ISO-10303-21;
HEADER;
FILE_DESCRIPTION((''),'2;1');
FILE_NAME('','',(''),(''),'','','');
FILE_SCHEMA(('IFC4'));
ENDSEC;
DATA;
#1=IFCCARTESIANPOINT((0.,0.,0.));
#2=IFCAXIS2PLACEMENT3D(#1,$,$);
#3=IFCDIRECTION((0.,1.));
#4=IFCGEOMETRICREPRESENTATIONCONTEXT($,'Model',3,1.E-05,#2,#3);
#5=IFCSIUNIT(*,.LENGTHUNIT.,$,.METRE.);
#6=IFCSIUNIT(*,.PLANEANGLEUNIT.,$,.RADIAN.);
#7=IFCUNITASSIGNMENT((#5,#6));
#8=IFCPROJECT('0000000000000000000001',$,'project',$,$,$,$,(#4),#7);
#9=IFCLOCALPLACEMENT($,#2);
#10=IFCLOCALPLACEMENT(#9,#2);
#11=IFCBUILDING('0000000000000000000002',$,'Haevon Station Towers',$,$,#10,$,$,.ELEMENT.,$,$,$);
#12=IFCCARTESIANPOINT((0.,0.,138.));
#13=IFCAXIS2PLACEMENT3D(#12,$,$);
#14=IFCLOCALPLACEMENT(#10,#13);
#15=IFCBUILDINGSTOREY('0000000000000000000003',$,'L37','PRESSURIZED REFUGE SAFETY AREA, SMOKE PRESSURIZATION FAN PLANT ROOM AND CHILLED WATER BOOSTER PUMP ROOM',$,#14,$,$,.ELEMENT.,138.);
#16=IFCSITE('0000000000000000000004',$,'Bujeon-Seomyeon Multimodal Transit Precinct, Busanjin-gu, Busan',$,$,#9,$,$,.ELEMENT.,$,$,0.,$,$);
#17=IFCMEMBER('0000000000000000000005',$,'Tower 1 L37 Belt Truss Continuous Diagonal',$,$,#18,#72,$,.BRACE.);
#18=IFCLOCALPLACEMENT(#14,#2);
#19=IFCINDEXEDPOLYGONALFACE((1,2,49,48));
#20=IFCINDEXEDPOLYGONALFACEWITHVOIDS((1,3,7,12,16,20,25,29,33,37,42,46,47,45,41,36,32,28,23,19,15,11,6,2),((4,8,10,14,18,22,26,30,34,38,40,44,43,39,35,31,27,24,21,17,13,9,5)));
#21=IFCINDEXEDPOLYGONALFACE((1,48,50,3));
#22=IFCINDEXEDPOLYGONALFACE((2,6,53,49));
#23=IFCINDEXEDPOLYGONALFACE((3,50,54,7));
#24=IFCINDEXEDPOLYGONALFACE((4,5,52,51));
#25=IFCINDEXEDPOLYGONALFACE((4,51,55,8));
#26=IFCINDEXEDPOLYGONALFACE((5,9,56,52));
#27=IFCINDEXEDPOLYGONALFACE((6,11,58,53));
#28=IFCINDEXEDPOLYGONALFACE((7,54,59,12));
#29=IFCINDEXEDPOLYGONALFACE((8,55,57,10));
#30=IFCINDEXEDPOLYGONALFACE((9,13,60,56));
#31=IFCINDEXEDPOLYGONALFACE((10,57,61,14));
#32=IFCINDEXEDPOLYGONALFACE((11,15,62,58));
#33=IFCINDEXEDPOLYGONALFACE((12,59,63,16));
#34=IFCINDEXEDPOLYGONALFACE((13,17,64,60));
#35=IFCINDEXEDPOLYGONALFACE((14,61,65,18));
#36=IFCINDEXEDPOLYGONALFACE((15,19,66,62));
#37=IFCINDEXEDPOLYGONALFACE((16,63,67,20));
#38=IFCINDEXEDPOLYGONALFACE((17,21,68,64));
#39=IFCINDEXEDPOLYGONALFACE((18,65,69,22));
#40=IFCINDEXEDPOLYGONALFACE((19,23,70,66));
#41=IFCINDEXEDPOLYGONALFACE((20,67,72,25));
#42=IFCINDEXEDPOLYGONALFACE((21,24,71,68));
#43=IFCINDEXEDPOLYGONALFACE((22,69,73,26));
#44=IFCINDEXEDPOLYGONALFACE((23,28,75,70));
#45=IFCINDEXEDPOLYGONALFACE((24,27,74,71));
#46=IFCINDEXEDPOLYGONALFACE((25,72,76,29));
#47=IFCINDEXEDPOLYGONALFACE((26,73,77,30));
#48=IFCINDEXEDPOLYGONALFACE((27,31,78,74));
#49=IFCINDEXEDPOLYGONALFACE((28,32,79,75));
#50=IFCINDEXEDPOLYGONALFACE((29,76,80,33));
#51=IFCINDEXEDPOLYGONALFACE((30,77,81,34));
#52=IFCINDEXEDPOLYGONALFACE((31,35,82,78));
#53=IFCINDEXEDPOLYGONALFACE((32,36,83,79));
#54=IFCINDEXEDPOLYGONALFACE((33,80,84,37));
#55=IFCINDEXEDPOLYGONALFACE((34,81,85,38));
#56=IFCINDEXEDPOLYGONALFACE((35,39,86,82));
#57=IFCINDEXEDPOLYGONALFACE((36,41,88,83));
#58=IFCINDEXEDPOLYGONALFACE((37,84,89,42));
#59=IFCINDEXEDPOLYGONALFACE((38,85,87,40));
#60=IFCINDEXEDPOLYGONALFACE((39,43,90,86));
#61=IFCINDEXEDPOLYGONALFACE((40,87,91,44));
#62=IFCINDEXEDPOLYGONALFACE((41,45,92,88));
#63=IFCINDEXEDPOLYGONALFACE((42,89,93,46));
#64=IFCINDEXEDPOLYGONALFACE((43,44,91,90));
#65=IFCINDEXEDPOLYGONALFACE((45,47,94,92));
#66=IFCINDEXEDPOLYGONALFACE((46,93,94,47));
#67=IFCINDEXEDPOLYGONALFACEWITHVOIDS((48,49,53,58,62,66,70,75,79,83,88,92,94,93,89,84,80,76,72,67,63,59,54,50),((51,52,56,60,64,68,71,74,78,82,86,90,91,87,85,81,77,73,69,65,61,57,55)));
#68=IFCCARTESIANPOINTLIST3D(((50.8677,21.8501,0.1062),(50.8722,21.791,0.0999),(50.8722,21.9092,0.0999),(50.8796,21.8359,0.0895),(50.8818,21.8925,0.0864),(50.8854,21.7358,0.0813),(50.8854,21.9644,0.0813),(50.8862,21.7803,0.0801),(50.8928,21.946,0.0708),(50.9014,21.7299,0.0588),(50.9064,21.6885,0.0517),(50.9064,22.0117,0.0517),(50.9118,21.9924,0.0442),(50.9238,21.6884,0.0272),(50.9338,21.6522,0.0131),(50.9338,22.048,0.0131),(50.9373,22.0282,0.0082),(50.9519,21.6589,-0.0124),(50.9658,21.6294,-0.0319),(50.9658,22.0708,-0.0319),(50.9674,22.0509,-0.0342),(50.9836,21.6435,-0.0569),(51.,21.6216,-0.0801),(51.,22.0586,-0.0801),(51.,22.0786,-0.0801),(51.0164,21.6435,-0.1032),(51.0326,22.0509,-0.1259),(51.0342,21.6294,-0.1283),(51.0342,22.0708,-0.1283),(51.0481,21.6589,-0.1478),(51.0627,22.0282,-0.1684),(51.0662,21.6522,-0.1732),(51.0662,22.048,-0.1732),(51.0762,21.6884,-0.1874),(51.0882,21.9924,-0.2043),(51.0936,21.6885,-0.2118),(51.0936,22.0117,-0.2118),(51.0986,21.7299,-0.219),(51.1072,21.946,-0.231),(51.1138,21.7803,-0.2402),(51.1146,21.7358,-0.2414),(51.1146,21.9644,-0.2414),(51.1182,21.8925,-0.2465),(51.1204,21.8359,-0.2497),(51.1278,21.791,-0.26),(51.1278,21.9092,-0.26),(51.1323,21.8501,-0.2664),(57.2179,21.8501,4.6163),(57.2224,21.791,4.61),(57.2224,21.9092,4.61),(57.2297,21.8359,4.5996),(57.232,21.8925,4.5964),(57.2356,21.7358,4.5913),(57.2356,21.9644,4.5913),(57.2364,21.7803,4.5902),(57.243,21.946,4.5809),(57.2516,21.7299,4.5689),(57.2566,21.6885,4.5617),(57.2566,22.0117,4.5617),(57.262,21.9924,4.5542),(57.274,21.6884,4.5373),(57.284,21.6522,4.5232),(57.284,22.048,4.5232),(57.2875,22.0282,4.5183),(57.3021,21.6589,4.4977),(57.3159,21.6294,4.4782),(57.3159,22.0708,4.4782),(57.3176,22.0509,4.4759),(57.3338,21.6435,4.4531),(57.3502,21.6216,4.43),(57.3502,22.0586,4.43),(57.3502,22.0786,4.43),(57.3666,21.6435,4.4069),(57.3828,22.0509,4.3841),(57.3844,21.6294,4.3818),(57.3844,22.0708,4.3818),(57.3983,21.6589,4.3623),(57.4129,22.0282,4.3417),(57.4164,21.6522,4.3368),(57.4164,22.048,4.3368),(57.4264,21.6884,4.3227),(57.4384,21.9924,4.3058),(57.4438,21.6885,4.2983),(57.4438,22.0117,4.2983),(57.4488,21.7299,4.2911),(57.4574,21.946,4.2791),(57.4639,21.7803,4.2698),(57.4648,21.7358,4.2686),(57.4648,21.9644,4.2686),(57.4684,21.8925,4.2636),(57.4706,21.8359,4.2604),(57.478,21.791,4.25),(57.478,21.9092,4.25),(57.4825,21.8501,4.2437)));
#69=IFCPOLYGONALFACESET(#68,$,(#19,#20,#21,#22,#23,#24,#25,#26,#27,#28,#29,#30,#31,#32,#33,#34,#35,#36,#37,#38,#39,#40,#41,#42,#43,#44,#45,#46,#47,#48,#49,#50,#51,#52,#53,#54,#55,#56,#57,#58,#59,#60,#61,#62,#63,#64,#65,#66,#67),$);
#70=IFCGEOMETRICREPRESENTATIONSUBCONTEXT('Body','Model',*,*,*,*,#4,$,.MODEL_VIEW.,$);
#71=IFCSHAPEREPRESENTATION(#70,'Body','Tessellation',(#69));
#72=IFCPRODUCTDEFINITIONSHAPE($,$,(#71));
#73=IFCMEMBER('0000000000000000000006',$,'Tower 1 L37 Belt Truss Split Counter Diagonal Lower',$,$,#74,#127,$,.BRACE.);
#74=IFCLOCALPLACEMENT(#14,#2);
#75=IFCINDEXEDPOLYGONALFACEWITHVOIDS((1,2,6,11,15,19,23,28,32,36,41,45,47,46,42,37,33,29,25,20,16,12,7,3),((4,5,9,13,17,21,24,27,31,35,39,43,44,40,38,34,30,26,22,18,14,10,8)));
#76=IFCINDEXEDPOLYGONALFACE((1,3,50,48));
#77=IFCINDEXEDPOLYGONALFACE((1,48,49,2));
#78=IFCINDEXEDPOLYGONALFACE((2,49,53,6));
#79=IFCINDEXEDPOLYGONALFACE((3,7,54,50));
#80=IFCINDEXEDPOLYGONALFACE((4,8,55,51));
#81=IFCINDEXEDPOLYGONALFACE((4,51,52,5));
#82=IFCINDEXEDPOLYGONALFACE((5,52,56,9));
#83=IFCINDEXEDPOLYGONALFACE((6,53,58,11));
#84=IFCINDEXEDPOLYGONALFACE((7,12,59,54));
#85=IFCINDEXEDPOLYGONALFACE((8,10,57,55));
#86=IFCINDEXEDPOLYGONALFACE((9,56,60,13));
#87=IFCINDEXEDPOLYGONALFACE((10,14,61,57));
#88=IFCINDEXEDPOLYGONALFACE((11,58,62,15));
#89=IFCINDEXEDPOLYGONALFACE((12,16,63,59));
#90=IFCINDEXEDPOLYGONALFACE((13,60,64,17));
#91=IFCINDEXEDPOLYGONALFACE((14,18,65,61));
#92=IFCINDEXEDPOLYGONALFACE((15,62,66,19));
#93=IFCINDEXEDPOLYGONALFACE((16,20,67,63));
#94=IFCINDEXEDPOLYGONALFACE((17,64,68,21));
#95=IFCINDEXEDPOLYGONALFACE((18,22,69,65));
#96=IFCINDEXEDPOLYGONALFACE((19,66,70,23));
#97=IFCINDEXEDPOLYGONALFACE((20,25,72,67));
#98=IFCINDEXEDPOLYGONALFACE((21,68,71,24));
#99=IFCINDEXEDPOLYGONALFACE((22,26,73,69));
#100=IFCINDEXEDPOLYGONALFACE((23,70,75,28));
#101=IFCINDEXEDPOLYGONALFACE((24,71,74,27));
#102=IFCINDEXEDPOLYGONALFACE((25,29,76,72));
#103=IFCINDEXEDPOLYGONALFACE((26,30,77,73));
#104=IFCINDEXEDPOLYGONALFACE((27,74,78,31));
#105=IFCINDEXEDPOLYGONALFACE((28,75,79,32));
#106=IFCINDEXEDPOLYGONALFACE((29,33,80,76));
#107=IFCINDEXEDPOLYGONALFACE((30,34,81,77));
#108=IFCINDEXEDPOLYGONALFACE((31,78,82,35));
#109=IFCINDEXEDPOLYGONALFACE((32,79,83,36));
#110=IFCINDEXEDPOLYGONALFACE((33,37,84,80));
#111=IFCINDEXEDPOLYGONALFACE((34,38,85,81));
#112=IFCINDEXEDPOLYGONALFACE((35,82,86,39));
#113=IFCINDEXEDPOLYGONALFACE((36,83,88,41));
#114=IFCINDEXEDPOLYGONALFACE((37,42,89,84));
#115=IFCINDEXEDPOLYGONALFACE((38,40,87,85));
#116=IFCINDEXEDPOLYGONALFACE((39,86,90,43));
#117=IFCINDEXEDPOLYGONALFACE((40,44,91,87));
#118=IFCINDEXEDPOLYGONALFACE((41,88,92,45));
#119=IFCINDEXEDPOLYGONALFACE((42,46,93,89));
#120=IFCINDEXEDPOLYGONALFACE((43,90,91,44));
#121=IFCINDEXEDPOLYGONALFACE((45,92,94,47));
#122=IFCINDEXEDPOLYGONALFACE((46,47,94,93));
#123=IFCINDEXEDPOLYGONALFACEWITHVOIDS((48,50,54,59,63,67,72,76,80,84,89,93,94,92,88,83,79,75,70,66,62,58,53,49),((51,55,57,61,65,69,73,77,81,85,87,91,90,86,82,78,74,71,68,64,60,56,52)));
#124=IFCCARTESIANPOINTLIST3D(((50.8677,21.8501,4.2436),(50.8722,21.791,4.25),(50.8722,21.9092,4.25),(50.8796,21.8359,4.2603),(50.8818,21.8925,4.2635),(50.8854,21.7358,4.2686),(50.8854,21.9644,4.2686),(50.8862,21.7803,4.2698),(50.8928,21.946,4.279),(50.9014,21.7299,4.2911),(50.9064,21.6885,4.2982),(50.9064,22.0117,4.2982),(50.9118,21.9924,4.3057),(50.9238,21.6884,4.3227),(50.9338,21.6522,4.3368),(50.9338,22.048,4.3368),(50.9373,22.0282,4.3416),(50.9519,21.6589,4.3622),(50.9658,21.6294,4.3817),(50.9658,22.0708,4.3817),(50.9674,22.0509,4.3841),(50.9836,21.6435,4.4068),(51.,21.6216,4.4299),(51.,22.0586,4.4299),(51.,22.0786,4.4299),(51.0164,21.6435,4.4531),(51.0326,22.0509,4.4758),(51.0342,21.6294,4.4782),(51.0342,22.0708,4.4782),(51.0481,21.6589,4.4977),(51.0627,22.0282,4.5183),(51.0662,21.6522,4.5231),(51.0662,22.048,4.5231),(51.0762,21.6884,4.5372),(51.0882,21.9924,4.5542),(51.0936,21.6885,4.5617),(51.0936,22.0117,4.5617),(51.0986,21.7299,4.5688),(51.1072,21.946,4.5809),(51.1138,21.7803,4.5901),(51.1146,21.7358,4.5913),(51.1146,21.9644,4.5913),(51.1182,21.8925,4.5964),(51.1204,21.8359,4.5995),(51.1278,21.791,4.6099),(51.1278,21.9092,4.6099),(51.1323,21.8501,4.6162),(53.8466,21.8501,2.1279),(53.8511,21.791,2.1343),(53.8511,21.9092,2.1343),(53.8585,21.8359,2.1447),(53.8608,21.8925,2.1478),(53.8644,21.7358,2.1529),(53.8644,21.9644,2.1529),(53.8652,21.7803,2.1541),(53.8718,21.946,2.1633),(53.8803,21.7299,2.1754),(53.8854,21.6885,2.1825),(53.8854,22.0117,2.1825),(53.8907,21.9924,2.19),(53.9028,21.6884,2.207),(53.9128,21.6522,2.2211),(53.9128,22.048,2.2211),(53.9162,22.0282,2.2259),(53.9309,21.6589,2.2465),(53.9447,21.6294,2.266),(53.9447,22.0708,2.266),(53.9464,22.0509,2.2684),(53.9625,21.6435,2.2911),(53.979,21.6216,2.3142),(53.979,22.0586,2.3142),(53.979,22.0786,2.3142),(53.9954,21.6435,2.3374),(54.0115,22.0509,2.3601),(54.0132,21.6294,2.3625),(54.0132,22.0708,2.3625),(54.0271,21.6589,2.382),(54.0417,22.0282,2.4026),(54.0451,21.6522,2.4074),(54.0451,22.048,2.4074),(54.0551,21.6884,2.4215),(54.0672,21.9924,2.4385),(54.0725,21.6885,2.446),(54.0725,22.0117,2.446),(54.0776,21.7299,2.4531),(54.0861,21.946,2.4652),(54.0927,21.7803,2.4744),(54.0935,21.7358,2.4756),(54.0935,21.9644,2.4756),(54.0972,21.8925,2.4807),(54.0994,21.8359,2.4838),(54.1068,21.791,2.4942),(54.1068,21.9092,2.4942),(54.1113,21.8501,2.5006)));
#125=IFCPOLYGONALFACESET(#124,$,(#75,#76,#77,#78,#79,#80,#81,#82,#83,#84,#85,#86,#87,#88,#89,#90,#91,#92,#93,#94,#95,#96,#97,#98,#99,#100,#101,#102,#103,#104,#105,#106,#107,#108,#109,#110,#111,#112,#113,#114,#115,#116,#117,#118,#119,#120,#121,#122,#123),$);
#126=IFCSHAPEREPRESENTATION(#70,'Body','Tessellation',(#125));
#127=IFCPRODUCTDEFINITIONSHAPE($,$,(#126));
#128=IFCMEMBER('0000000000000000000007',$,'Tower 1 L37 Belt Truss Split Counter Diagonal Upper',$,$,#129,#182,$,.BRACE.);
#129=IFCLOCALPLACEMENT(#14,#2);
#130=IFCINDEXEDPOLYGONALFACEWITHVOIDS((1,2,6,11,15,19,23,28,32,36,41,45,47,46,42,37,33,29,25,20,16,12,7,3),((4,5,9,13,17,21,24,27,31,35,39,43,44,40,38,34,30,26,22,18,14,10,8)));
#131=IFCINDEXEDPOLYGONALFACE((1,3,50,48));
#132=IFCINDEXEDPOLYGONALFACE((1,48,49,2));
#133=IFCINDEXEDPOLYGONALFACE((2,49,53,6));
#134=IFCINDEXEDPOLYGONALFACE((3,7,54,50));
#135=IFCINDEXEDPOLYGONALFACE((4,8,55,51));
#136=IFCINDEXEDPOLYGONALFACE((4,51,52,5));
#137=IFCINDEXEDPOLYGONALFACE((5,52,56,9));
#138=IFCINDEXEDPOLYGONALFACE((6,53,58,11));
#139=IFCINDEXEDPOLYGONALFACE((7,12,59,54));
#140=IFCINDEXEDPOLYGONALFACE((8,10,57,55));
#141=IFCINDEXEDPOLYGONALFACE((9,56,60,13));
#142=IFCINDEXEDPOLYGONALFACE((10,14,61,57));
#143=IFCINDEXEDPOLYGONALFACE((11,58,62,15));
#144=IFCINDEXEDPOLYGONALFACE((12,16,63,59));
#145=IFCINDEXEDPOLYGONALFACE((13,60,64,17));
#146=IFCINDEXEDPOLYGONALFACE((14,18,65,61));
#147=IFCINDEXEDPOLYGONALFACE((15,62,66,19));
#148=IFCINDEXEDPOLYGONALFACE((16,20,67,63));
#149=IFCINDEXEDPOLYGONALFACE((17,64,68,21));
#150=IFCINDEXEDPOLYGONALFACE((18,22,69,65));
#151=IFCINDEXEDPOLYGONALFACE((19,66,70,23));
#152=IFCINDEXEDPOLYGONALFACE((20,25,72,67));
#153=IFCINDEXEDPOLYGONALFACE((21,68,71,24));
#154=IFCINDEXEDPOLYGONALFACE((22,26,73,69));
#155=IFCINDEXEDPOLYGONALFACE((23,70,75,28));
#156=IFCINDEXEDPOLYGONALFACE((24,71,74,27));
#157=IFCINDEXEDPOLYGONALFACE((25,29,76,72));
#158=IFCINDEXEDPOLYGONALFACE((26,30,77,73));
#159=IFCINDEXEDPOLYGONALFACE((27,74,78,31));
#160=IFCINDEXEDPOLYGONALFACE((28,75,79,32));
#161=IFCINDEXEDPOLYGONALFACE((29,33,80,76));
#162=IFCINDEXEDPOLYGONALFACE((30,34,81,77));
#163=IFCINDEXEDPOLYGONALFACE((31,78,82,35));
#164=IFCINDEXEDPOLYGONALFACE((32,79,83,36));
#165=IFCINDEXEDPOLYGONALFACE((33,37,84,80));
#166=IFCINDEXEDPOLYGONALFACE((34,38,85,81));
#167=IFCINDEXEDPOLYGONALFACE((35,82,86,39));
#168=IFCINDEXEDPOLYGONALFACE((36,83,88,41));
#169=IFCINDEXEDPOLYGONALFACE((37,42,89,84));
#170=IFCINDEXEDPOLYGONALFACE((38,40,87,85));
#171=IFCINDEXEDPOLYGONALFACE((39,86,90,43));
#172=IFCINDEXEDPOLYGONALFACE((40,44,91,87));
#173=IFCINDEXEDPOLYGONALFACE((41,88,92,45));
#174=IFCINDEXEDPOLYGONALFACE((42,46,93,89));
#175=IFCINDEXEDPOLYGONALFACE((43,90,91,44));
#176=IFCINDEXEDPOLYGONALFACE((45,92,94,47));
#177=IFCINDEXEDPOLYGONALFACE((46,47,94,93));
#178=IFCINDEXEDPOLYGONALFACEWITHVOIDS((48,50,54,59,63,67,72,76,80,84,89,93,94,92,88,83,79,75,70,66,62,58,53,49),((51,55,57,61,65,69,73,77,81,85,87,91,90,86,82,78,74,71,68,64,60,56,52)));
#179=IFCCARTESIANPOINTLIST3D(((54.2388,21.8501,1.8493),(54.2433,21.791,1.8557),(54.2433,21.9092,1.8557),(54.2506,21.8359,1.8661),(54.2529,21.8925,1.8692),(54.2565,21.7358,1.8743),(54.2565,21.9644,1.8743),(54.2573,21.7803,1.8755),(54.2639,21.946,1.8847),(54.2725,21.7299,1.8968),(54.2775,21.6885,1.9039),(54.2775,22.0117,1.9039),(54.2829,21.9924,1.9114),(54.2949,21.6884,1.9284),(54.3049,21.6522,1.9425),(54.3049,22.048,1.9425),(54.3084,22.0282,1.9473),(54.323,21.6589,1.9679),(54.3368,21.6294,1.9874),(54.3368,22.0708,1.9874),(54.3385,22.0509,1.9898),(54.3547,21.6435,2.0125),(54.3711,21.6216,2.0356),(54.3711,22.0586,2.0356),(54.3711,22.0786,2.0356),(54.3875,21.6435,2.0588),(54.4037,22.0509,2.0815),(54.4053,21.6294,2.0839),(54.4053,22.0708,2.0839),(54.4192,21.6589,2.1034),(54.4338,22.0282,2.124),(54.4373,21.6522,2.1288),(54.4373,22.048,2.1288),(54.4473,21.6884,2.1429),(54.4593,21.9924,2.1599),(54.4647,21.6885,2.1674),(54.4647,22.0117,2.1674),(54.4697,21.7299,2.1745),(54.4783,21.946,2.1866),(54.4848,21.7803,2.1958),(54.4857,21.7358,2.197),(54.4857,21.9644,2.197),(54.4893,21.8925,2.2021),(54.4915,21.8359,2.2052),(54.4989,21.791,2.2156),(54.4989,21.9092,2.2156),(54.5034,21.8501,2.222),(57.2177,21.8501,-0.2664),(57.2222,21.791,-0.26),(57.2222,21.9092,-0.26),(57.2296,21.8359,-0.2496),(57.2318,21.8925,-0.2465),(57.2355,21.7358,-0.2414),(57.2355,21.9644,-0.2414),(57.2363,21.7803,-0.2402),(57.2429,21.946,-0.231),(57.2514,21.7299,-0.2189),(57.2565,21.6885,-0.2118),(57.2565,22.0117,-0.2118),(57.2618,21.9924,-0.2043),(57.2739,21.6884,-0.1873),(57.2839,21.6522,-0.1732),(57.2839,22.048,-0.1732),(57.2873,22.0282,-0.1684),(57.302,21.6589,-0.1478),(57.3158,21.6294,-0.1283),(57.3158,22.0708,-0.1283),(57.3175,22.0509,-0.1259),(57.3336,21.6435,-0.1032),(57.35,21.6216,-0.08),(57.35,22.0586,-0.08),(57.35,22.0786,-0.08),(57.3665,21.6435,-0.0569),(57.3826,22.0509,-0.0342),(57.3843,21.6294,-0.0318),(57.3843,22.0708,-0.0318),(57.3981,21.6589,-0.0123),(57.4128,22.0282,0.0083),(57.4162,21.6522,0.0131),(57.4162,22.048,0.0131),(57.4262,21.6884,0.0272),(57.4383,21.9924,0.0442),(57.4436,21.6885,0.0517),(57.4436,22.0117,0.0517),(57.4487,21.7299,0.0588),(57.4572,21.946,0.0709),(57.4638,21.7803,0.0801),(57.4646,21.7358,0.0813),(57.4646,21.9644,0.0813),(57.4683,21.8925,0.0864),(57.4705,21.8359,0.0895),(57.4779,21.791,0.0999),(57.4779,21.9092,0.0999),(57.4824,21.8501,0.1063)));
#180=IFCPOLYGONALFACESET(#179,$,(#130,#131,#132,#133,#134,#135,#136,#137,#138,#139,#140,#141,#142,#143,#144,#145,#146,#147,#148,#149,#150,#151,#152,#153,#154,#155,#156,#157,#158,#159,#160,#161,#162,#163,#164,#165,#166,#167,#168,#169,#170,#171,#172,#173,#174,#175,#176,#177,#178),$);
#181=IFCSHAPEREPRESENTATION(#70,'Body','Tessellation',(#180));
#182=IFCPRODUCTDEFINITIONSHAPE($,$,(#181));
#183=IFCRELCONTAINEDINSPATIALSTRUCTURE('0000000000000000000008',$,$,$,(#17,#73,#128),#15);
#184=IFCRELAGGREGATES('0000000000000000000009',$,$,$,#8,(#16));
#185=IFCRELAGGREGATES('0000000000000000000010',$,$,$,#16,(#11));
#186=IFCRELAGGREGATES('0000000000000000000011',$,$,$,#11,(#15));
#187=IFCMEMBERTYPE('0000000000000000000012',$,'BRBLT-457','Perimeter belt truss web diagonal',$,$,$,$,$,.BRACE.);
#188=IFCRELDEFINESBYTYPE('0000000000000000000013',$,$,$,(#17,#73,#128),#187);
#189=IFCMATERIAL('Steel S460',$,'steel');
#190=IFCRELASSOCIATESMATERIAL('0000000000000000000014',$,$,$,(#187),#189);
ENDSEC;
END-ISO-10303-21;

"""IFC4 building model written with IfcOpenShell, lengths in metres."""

from ifc_helpers import new_model, si_unit, direction, frame, origin, origin_2d, place, context, subcontext, project, spatial, hollow_circle, extrude, material, material_profile, profile_set, type_object, element, save


model = new_model("IFC4")

# Units and contexts
model_context = context("Model", 3, precision=1e-05, world=origin(), true_north=direction((0.0, 1.0)))
body_context = subcontext(model_context, "Body", "Model", "MODEL_VIEW")
ifc_project = project(units=[si_unit("LENGTHUNIT", "METRE"), si_unit("PLANEANGLEUNIT", "RADIAN")], contexts=[model_context])

# Site, building, storey
site_placement = place(None, origin())
site = spatial("IfcSite", under=ifc_project, at=site_placement, Name="Bujeon-Seomyeon Multimodal Transit Precinct, Busanjin-gu, Busan", CompositionType="ELEMENT", RefElevation=0.0)
building_placement = place(site_placement, origin())
building = spatial("IfcBuilding", under=site, at=building_placement, Name="Haevon Station Towers", CompositionType="ELEMENT")
storey_placement = place(building_placement, frame((0.0, 0.0, 138.0)))
storey = spatial("IfcBuildingStorey", under=building, at=storey_placement, Name="L37", Description="PRESSURIZED REFUGE SAFETY AREA, SMOKE PRESSURIZATION FAN PLANT ROOM AND CHILLED WATER BOOSTER PUMP ROOM", CompositionType="ELEMENT", Elevation=138.0)

# Shared definitions
ifc_material_1 = material(Name="Steel S460", Category="steel")

# Members
ifc_material_profile_1 = material_profile(ifc_material_1, hollow_circle(Radius=0.2285, WallThickness=0.02, at=origin_2d()), Name="CHS-457x20")
ifc_profile_set_1 = profile_set([ifc_material_profile_1], Name="Steel S460")
member_type_1 = type_object("IfcMemberType", Name="BRBLT-457", Description="Perimeter belt truss web diagonal", PredefinedType="BRACE", material=ifc_profile_set_1)
member_1_placement = place(storey_placement, frame((51.0, 21.8501, -0.0801), z_axis=(0.815296, 0.0, 0.579045), x_axis=(0.0, 1.0, 0.0)))
element("IfcMember", 1, at=member_1_placement, inside=storey, type_object=member_type_1, Name="Tower 1 L37 Belt Truss Continuous Diagonal", PredefinedType="BRACE", context=body_context, shape_type="SweptSolid", body=[
    extrude(hollow_circle(Radius=0.2285, WallThickness=0.02, at=origin_2d()), origin(), (0.0, 0.0, 1.0), 7.7888),
])
for number, where, z_axis, x_axis, name in (
    (2, (51.0, 21.8501, 4.4299), (0.815302, 0.0, -0.579037), (0.0, 1.0, 0.0), "Tower 1 L37 Belt Truss Split Counter Diagonal Lower"),
    (3, (54.3711, 21.8501, 2.0356), (0.815302, 0.0, -0.579037), (0.0, 1.0, 0.0), "Tower 1 L37 Belt Truss Split Counter Diagonal Upper"),
):
    element("IfcMember", number, at=place(storey_placement, frame(where, z_axis=z_axis, x_axis=x_axis)), inside=storey, type_object=member_type_1, Name=name, PredefinedType="BRACE", context=body_context, shape_type="SweptSolid", body=[
        extrude(hollow_circle(Radius=0.2285, WallThickness=0.02, at=origin_2d()), origin(), (0.0, 0.0, 1.0), 3.6538),
    ])

save(model, "model.ifc")
